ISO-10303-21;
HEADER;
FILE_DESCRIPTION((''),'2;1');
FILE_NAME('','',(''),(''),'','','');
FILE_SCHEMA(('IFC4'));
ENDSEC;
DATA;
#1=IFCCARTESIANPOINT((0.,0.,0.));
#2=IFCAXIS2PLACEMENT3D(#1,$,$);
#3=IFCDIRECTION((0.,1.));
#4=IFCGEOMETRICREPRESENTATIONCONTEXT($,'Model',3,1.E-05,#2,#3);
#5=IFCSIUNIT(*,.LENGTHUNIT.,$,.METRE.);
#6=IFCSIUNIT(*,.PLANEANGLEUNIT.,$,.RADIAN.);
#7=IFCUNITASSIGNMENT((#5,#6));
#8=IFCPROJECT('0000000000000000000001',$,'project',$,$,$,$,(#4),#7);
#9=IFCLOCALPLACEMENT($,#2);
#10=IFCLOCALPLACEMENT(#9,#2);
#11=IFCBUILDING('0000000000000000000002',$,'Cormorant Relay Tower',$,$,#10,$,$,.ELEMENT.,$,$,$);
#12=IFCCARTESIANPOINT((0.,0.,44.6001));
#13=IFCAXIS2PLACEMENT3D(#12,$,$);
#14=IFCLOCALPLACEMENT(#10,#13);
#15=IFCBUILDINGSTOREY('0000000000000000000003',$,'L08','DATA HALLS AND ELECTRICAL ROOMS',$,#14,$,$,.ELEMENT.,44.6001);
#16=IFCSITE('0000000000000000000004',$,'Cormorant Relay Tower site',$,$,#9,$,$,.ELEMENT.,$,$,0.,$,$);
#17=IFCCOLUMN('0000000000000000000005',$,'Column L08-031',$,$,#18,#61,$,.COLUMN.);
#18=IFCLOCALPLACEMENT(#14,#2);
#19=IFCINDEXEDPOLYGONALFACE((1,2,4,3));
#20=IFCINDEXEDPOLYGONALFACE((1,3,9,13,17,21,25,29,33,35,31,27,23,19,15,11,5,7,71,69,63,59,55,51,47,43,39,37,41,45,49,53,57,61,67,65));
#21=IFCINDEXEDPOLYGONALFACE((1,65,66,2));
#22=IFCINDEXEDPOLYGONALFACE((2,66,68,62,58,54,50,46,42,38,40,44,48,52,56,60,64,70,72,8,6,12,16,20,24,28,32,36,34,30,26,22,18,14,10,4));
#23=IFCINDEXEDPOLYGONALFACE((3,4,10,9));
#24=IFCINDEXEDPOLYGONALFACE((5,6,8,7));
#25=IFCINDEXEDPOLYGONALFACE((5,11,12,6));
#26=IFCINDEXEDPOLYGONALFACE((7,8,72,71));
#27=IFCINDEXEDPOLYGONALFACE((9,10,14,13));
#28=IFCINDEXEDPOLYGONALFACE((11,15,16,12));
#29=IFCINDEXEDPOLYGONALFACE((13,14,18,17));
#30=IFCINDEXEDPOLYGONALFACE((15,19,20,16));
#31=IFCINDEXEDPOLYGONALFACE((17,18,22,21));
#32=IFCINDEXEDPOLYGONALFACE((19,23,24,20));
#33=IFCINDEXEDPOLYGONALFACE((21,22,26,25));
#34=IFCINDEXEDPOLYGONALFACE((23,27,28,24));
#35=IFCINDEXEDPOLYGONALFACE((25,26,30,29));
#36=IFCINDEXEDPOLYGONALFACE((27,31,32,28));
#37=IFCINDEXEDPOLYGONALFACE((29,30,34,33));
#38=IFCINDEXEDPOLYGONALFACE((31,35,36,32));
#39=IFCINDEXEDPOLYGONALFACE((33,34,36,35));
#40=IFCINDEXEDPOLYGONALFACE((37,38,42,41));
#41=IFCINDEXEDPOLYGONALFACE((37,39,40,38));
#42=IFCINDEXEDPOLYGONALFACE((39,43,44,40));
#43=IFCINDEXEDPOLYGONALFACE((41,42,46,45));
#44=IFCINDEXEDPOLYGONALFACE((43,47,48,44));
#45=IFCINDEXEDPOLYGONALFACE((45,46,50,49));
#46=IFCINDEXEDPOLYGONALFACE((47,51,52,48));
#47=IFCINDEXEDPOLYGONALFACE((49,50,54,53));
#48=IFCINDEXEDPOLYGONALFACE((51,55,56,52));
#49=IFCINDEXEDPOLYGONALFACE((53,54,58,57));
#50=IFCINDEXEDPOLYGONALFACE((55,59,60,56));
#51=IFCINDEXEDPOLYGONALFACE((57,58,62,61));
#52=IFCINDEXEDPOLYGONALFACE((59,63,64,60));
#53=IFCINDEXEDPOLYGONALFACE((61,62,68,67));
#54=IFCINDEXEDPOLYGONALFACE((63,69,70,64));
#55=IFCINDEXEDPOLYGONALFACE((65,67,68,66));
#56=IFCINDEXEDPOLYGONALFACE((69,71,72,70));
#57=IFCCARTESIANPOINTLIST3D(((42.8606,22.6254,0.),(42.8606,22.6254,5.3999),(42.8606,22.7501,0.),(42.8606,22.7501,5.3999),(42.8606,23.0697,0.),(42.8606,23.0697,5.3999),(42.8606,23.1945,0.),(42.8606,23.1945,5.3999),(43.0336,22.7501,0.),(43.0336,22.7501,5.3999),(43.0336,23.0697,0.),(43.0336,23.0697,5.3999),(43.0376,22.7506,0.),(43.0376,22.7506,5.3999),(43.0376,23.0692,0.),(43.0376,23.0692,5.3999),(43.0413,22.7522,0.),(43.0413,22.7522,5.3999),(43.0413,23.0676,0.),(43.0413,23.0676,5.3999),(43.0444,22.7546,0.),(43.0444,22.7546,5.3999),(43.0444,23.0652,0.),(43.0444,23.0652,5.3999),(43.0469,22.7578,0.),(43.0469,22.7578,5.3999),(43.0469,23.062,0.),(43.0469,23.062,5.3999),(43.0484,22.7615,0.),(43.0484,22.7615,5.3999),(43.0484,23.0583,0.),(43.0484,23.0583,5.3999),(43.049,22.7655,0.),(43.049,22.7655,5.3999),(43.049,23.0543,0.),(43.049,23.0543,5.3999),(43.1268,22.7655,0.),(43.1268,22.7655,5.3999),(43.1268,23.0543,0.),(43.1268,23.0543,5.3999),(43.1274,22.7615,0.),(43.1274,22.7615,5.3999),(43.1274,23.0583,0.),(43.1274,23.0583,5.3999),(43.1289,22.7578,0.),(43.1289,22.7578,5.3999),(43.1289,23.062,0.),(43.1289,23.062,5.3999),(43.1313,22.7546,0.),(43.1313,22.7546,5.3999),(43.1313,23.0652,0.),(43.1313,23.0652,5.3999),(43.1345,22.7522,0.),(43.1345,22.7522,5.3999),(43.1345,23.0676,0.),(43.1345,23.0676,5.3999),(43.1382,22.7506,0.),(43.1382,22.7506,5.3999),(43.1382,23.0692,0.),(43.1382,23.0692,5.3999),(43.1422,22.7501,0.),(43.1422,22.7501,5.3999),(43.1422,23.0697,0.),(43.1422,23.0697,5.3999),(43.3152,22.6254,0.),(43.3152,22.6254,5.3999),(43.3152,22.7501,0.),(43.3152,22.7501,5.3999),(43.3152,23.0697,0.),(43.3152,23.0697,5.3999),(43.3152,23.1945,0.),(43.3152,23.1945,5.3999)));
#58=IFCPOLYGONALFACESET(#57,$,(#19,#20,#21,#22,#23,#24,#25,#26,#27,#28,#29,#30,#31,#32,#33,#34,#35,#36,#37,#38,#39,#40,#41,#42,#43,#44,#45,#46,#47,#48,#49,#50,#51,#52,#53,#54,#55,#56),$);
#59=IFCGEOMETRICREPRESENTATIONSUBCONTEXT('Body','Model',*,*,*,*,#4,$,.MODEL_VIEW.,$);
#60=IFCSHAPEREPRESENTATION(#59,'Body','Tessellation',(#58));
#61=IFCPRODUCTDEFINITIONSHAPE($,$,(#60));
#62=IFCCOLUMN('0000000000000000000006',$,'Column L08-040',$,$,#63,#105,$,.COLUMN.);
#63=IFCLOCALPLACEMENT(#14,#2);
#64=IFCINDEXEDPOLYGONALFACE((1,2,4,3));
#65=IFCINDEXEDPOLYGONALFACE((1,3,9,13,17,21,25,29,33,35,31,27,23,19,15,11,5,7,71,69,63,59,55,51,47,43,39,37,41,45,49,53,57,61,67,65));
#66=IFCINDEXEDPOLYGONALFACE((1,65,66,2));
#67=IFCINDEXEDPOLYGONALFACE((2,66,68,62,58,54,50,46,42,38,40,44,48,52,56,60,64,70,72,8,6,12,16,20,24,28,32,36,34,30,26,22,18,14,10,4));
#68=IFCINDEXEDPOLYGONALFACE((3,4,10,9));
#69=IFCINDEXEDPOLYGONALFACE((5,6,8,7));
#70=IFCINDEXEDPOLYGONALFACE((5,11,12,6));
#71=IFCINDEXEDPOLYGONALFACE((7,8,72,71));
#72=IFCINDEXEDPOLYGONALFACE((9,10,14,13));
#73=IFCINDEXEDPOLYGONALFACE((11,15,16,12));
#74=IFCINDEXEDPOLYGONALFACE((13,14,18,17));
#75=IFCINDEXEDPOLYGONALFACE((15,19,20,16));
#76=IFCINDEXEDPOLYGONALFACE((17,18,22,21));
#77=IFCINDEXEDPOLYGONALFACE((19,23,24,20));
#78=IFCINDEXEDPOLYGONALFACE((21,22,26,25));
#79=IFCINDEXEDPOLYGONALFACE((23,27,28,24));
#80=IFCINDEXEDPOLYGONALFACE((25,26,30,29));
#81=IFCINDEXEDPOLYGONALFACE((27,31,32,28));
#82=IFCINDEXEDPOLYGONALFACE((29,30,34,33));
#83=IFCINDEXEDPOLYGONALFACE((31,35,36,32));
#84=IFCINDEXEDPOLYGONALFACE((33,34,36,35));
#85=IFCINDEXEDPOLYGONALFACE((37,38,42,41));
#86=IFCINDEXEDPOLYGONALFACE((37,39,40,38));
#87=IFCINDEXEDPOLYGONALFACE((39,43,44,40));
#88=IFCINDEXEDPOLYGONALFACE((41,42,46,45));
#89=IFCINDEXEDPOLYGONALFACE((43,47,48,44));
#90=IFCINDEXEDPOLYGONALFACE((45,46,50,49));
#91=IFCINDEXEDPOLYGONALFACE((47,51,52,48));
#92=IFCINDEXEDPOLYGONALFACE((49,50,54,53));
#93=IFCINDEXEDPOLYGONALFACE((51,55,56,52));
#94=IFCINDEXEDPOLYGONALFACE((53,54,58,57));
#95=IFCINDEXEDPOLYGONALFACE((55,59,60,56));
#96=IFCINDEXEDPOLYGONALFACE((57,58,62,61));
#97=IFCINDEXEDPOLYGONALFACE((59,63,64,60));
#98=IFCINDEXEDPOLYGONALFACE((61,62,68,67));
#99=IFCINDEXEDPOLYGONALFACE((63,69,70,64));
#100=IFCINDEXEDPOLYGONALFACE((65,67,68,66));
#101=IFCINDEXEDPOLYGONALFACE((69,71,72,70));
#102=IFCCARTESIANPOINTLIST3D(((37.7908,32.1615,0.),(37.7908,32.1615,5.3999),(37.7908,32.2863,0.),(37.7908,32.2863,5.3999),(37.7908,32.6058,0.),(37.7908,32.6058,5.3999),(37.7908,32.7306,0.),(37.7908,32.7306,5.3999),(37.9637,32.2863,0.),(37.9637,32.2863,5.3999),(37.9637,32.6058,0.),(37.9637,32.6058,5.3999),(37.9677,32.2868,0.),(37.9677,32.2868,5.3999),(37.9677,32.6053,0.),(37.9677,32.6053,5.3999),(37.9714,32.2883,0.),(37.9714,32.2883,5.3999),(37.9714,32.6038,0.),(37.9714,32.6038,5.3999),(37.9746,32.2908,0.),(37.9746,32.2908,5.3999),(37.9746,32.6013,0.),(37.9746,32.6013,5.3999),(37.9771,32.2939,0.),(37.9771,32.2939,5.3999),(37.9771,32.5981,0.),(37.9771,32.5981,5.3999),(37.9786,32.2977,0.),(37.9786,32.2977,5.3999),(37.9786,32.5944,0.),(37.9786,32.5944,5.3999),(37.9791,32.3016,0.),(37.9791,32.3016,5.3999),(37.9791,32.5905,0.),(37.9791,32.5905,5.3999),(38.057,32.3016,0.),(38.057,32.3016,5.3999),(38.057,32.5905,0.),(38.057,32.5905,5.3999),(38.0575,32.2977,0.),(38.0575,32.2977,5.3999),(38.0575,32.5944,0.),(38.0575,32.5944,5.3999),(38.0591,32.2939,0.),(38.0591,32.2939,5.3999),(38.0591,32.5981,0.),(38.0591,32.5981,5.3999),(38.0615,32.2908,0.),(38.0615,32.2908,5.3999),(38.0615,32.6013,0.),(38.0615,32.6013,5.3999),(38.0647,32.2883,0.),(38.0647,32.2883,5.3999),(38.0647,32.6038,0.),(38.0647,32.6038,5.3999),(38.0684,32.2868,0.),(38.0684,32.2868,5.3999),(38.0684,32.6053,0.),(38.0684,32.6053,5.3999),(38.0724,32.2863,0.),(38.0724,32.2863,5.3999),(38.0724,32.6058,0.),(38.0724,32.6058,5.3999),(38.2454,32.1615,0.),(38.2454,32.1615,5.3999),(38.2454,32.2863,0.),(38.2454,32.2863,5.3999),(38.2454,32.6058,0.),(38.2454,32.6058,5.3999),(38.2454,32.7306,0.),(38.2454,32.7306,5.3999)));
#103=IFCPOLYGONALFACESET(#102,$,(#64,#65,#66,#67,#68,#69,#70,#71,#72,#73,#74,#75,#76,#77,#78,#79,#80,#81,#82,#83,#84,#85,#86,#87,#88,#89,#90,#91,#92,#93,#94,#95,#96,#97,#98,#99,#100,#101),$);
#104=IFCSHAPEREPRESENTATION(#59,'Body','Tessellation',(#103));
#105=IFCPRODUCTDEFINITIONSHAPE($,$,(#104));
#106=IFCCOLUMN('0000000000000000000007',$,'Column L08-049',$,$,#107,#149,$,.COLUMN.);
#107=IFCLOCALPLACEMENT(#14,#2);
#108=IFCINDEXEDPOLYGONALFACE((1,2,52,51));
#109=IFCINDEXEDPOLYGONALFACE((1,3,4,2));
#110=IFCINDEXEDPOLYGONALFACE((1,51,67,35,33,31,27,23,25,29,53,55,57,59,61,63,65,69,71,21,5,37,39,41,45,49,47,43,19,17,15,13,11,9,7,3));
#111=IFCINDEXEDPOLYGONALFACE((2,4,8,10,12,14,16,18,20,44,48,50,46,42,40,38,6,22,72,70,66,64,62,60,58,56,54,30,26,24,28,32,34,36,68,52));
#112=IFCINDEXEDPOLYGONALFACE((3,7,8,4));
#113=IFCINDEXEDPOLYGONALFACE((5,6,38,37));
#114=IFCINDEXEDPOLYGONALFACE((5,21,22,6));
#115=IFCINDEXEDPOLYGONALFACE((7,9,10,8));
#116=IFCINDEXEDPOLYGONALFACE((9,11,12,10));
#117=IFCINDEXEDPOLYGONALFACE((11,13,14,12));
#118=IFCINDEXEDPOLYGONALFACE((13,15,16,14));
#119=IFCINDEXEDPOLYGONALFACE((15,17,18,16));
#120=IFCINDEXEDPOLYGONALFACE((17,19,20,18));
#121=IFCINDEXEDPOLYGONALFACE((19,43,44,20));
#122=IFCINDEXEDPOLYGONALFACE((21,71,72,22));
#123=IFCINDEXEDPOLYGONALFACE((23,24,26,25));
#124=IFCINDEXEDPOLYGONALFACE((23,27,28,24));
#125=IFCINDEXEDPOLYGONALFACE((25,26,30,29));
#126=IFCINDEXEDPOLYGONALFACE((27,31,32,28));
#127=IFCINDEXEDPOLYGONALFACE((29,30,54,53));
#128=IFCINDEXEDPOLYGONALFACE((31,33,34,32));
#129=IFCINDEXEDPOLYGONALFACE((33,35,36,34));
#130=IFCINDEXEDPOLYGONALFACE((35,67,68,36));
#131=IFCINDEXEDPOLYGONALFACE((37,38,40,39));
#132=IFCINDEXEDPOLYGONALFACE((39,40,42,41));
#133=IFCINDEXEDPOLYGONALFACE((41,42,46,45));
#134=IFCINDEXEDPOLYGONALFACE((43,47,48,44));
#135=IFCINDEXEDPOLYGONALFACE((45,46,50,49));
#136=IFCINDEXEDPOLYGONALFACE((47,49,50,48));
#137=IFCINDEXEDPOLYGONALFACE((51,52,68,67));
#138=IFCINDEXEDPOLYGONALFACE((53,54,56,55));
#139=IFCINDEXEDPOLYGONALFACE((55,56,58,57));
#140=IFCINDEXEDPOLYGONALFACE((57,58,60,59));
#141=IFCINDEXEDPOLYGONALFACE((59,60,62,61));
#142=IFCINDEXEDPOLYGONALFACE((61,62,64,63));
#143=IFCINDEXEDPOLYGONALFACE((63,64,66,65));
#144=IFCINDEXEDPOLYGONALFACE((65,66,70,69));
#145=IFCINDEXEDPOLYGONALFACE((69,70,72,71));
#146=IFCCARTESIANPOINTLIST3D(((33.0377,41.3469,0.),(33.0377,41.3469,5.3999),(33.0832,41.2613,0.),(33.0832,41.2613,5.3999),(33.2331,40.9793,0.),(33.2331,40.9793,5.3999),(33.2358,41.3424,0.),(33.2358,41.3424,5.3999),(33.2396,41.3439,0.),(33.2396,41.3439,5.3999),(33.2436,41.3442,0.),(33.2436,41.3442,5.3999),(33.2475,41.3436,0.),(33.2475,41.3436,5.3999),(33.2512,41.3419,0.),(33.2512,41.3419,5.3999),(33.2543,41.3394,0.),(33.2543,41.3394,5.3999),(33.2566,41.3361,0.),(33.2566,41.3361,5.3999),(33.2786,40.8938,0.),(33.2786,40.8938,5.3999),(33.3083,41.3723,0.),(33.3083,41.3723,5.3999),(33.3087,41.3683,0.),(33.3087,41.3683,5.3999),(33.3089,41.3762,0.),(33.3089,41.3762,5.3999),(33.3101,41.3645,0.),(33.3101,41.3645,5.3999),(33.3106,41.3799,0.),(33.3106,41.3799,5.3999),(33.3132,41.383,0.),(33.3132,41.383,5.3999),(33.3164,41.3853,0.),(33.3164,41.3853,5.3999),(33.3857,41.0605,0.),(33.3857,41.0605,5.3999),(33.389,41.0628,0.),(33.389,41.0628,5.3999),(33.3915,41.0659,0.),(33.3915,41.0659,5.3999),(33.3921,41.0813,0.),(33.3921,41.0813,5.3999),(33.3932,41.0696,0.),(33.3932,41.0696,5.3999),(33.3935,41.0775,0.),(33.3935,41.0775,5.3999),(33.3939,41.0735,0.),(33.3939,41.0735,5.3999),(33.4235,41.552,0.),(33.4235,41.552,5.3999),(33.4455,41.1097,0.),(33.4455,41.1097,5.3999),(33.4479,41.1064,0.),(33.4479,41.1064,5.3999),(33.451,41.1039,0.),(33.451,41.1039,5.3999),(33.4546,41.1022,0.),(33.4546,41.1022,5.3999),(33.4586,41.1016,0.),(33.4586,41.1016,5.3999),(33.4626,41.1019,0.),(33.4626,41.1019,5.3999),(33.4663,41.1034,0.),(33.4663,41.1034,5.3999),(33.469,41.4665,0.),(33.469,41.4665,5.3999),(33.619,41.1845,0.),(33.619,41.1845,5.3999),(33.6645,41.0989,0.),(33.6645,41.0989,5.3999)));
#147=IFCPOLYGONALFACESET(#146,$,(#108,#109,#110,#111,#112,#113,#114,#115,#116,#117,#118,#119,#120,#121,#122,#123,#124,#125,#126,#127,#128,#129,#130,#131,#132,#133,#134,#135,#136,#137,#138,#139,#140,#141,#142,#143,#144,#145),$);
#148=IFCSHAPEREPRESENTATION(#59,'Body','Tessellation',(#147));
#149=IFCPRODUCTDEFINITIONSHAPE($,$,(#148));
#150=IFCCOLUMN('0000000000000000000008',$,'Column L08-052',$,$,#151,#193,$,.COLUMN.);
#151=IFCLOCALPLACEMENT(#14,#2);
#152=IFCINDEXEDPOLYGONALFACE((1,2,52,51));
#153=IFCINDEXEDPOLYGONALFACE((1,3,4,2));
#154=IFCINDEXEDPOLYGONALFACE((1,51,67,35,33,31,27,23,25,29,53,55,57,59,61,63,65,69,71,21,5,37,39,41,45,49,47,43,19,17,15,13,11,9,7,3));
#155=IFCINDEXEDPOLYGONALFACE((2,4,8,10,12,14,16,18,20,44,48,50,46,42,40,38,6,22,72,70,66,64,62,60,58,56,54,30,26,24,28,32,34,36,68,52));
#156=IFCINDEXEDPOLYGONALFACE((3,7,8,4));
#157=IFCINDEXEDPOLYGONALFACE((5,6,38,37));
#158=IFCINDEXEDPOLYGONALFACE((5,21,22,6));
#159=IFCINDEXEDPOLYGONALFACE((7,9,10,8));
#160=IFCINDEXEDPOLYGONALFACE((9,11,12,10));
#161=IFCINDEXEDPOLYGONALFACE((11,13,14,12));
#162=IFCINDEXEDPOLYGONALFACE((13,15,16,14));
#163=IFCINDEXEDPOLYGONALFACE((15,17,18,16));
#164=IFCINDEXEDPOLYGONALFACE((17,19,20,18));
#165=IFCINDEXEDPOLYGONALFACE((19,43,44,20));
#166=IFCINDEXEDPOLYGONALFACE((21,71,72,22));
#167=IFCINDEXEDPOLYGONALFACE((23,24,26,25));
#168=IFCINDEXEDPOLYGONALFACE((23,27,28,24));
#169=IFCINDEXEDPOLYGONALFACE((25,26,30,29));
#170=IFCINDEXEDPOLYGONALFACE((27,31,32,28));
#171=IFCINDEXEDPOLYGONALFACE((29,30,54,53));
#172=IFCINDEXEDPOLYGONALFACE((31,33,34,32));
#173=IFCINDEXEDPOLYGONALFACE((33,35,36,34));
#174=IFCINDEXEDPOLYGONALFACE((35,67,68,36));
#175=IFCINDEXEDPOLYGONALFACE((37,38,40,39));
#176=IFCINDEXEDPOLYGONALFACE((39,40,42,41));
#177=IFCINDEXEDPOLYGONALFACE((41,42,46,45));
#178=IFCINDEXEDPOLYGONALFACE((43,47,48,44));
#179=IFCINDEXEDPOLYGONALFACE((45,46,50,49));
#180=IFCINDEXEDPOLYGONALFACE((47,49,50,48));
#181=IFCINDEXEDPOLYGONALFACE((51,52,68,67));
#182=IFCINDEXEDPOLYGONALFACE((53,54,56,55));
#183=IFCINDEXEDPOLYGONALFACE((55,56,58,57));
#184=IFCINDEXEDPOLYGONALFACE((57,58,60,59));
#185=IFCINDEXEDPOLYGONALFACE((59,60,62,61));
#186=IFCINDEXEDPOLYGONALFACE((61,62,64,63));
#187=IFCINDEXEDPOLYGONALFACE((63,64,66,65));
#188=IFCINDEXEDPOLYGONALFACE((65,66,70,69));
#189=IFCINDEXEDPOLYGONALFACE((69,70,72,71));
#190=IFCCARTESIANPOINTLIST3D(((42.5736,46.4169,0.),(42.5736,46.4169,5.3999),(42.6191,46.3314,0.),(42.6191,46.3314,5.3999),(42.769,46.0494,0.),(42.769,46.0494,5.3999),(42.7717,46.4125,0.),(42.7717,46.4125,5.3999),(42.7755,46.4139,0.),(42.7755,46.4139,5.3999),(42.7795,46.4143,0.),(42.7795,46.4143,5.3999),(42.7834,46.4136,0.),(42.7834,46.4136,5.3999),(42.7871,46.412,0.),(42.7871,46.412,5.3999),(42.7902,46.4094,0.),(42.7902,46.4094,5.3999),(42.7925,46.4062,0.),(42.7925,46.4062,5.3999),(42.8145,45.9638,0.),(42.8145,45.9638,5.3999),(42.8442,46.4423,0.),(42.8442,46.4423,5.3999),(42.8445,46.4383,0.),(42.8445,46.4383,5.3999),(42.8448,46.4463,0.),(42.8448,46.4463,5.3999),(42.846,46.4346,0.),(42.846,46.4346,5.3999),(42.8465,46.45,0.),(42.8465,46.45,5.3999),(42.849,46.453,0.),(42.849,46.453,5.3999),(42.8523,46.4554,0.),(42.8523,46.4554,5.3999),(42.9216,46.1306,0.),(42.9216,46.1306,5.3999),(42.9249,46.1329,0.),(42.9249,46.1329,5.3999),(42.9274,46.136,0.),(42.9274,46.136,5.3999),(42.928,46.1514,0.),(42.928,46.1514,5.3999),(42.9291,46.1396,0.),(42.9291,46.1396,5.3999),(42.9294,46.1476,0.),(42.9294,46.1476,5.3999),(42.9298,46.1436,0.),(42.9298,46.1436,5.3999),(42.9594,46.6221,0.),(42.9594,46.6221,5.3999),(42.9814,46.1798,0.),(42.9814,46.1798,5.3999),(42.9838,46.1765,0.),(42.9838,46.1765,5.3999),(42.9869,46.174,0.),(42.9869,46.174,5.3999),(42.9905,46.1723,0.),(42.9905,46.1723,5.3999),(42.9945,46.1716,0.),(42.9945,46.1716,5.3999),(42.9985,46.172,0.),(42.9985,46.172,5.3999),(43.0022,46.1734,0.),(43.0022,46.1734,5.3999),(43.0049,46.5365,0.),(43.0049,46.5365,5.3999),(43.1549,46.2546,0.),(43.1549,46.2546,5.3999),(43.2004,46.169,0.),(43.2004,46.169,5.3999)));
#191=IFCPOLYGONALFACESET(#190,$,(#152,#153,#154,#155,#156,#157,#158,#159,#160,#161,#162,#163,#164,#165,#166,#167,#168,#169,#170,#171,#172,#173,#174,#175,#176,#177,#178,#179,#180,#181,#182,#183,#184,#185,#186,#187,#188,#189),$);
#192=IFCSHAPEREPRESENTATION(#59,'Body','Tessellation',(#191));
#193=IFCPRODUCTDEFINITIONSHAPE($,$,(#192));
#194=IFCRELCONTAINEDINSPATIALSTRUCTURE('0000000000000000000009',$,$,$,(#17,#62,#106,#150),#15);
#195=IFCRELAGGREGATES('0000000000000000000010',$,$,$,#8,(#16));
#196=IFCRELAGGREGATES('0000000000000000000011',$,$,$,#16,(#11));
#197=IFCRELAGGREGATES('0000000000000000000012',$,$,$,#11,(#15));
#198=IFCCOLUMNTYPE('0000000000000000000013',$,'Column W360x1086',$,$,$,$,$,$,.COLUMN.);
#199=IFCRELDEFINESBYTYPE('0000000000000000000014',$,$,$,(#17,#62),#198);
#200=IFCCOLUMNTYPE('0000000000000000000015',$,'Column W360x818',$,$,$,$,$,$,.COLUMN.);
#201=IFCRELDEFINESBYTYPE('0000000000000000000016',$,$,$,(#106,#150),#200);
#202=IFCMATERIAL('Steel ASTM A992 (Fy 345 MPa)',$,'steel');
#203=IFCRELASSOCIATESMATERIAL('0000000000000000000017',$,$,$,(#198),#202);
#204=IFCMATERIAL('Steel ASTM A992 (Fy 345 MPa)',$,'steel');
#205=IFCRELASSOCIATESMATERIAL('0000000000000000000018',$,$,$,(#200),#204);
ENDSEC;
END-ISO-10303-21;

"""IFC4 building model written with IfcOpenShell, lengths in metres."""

from ifc_helpers import new_model, si_unit, direction, frame, origin, origin_2d, place, context, subcontext, project, spatial, i_section, extrude, material, material_profile, profile_set, type_object, element, save


model = new_model("IFC4")

# Units and contexts
model_context = context("Model", 3, precision=1e-05, world=origin(), true_north=direction((0.0, 1.0)))
body_context = subcontext(model_context, "Body", "Model", "MODEL_VIEW")
ifc_project = project(units=[si_unit("LENGTHUNIT", "METRE"), si_unit("PLANEANGLEUNIT", "RADIAN")], contexts=[model_context])

# Site, building, storey
site_placement = place(None, origin())
site = spatial("IfcSite", under=ifc_project, at=site_placement, Name="Cormorant Relay Tower site", CompositionType="ELEMENT", RefElevation=0.0)
building_placement = place(site_placement, origin())
building = spatial("IfcBuilding", under=site, at=building_placement, Name="Cormorant Relay Tower", CompositionType="ELEMENT")
storey_placement = place(building_placement, frame((0.0, 0.0, 44.6001)))
storey = spatial("IfcBuildingStorey", under=building, at=storey_placement, Name="L08", Description="DATA HALLS AND ELECTRICAL ROOMS", CompositionType="ELEMENT", Elevation=44.6001)

# Columns
ifc_material_1 = material(Name="Steel ASTM A992 (Fy 345 MPa)", Category="steel")
ifc_material_profile_1 = material_profile(ifc_material_1, i_section(OverallWidth=0.4546, OverallDepth=0.5691, WebThickness=0.0779, FlangeThickness=0.1248, FilletRadius=0.0154, at=origin_2d()), Name="W360x1086")
ifc_profile_set_1 = profile_set([ifc_material_profile_1], Name="Steel ASTM A992 (Fy 345 MPa)")
column_type_1 = type_object("IfcColumnType", Name="Column W360x1086", PredefinedType="COLUMN", material=ifc_profile_set_1)
for number, where, z_axis, x_axis, name in (
    (1, (43.0879, 22.9099, 0.0), (0.0, 0.0, 1.0), (1.0, 0.0, 0.0), "Column L08-031"),
    (2, (38.0181, 32.446, 0.0), (0.0, 0.0, 1.0), (1.0, 0.0, 0.0), "Column L08-040"),
):
    element("IfcColumn", number, at=place(storey_placement, frame(where, z_axis=z_axis, x_axis=x_axis)), inside=storey, type_object=column_type_1, Name=name, PredefinedType="COLUMN", context=body_context, shape_type="SweptSolid", body=[
        extrude(i_section(OverallWidth=0.4546, OverallDepth=0.5691, WebThickness=0.0779, FlangeThickness=0.1248, FilletRadius=0.0154, at=origin_2d()), origin(), (0.0, 0.0, 1.0), 5.3999),
    ])
ifc_material_2 = material(Name="Steel ASTM A992 (Fy 345 MPa)", Category="steel")
ifc_material_profile_2 = material_profile(ifc_material_2, i_section(OverallWidth=0.437, OverallDepth=0.5132, WebThickness=0.0605, FlangeThickness=0.0969, FilletRadius=0.0154, at=origin_2d()), Name="W360x818")
ifc_profile_set_2 = profile_set([ifc_material_profile_2], Name="Steel ASTM A992 (Fy 345 MPa)")
column_type_2 = type_object("IfcColumnType", Name="Column W360x818", PredefinedType="COLUMN", material=ifc_profile_set_2)
for number, where, z_axis, x_axis, name in (
    (3, (33.3511, 41.2229, 0.0), (0.0, 0.0, 1.0), (-0.882948, -0.469472, 0.0), "Column L08-049"),
    (4, (42.887, 46.293, 0.0), (0.0, 0.0, 1.0), (-0.882948, -0.469472, 0.0), "Column L08-052"),
):
    element("IfcColumn", number, at=place(storey_placement, frame(where, z_axis=z_axis, x_axis=x_axis)), inside=storey, type_object=column_type_2, Name=name, PredefinedType="COLUMN", context=body_context, shape_type="SweptSolid", body=[
        extrude(i_section(OverallWidth=0.437, OverallDepth=0.5132, WebThickness=0.0605, FlangeThickness=0.0969, FilletRadius=0.0154, at=origin_2d()), origin(), (0.0, 0.0, 1.0), 5.3999),
    ])

save(model, "model.ifc")
